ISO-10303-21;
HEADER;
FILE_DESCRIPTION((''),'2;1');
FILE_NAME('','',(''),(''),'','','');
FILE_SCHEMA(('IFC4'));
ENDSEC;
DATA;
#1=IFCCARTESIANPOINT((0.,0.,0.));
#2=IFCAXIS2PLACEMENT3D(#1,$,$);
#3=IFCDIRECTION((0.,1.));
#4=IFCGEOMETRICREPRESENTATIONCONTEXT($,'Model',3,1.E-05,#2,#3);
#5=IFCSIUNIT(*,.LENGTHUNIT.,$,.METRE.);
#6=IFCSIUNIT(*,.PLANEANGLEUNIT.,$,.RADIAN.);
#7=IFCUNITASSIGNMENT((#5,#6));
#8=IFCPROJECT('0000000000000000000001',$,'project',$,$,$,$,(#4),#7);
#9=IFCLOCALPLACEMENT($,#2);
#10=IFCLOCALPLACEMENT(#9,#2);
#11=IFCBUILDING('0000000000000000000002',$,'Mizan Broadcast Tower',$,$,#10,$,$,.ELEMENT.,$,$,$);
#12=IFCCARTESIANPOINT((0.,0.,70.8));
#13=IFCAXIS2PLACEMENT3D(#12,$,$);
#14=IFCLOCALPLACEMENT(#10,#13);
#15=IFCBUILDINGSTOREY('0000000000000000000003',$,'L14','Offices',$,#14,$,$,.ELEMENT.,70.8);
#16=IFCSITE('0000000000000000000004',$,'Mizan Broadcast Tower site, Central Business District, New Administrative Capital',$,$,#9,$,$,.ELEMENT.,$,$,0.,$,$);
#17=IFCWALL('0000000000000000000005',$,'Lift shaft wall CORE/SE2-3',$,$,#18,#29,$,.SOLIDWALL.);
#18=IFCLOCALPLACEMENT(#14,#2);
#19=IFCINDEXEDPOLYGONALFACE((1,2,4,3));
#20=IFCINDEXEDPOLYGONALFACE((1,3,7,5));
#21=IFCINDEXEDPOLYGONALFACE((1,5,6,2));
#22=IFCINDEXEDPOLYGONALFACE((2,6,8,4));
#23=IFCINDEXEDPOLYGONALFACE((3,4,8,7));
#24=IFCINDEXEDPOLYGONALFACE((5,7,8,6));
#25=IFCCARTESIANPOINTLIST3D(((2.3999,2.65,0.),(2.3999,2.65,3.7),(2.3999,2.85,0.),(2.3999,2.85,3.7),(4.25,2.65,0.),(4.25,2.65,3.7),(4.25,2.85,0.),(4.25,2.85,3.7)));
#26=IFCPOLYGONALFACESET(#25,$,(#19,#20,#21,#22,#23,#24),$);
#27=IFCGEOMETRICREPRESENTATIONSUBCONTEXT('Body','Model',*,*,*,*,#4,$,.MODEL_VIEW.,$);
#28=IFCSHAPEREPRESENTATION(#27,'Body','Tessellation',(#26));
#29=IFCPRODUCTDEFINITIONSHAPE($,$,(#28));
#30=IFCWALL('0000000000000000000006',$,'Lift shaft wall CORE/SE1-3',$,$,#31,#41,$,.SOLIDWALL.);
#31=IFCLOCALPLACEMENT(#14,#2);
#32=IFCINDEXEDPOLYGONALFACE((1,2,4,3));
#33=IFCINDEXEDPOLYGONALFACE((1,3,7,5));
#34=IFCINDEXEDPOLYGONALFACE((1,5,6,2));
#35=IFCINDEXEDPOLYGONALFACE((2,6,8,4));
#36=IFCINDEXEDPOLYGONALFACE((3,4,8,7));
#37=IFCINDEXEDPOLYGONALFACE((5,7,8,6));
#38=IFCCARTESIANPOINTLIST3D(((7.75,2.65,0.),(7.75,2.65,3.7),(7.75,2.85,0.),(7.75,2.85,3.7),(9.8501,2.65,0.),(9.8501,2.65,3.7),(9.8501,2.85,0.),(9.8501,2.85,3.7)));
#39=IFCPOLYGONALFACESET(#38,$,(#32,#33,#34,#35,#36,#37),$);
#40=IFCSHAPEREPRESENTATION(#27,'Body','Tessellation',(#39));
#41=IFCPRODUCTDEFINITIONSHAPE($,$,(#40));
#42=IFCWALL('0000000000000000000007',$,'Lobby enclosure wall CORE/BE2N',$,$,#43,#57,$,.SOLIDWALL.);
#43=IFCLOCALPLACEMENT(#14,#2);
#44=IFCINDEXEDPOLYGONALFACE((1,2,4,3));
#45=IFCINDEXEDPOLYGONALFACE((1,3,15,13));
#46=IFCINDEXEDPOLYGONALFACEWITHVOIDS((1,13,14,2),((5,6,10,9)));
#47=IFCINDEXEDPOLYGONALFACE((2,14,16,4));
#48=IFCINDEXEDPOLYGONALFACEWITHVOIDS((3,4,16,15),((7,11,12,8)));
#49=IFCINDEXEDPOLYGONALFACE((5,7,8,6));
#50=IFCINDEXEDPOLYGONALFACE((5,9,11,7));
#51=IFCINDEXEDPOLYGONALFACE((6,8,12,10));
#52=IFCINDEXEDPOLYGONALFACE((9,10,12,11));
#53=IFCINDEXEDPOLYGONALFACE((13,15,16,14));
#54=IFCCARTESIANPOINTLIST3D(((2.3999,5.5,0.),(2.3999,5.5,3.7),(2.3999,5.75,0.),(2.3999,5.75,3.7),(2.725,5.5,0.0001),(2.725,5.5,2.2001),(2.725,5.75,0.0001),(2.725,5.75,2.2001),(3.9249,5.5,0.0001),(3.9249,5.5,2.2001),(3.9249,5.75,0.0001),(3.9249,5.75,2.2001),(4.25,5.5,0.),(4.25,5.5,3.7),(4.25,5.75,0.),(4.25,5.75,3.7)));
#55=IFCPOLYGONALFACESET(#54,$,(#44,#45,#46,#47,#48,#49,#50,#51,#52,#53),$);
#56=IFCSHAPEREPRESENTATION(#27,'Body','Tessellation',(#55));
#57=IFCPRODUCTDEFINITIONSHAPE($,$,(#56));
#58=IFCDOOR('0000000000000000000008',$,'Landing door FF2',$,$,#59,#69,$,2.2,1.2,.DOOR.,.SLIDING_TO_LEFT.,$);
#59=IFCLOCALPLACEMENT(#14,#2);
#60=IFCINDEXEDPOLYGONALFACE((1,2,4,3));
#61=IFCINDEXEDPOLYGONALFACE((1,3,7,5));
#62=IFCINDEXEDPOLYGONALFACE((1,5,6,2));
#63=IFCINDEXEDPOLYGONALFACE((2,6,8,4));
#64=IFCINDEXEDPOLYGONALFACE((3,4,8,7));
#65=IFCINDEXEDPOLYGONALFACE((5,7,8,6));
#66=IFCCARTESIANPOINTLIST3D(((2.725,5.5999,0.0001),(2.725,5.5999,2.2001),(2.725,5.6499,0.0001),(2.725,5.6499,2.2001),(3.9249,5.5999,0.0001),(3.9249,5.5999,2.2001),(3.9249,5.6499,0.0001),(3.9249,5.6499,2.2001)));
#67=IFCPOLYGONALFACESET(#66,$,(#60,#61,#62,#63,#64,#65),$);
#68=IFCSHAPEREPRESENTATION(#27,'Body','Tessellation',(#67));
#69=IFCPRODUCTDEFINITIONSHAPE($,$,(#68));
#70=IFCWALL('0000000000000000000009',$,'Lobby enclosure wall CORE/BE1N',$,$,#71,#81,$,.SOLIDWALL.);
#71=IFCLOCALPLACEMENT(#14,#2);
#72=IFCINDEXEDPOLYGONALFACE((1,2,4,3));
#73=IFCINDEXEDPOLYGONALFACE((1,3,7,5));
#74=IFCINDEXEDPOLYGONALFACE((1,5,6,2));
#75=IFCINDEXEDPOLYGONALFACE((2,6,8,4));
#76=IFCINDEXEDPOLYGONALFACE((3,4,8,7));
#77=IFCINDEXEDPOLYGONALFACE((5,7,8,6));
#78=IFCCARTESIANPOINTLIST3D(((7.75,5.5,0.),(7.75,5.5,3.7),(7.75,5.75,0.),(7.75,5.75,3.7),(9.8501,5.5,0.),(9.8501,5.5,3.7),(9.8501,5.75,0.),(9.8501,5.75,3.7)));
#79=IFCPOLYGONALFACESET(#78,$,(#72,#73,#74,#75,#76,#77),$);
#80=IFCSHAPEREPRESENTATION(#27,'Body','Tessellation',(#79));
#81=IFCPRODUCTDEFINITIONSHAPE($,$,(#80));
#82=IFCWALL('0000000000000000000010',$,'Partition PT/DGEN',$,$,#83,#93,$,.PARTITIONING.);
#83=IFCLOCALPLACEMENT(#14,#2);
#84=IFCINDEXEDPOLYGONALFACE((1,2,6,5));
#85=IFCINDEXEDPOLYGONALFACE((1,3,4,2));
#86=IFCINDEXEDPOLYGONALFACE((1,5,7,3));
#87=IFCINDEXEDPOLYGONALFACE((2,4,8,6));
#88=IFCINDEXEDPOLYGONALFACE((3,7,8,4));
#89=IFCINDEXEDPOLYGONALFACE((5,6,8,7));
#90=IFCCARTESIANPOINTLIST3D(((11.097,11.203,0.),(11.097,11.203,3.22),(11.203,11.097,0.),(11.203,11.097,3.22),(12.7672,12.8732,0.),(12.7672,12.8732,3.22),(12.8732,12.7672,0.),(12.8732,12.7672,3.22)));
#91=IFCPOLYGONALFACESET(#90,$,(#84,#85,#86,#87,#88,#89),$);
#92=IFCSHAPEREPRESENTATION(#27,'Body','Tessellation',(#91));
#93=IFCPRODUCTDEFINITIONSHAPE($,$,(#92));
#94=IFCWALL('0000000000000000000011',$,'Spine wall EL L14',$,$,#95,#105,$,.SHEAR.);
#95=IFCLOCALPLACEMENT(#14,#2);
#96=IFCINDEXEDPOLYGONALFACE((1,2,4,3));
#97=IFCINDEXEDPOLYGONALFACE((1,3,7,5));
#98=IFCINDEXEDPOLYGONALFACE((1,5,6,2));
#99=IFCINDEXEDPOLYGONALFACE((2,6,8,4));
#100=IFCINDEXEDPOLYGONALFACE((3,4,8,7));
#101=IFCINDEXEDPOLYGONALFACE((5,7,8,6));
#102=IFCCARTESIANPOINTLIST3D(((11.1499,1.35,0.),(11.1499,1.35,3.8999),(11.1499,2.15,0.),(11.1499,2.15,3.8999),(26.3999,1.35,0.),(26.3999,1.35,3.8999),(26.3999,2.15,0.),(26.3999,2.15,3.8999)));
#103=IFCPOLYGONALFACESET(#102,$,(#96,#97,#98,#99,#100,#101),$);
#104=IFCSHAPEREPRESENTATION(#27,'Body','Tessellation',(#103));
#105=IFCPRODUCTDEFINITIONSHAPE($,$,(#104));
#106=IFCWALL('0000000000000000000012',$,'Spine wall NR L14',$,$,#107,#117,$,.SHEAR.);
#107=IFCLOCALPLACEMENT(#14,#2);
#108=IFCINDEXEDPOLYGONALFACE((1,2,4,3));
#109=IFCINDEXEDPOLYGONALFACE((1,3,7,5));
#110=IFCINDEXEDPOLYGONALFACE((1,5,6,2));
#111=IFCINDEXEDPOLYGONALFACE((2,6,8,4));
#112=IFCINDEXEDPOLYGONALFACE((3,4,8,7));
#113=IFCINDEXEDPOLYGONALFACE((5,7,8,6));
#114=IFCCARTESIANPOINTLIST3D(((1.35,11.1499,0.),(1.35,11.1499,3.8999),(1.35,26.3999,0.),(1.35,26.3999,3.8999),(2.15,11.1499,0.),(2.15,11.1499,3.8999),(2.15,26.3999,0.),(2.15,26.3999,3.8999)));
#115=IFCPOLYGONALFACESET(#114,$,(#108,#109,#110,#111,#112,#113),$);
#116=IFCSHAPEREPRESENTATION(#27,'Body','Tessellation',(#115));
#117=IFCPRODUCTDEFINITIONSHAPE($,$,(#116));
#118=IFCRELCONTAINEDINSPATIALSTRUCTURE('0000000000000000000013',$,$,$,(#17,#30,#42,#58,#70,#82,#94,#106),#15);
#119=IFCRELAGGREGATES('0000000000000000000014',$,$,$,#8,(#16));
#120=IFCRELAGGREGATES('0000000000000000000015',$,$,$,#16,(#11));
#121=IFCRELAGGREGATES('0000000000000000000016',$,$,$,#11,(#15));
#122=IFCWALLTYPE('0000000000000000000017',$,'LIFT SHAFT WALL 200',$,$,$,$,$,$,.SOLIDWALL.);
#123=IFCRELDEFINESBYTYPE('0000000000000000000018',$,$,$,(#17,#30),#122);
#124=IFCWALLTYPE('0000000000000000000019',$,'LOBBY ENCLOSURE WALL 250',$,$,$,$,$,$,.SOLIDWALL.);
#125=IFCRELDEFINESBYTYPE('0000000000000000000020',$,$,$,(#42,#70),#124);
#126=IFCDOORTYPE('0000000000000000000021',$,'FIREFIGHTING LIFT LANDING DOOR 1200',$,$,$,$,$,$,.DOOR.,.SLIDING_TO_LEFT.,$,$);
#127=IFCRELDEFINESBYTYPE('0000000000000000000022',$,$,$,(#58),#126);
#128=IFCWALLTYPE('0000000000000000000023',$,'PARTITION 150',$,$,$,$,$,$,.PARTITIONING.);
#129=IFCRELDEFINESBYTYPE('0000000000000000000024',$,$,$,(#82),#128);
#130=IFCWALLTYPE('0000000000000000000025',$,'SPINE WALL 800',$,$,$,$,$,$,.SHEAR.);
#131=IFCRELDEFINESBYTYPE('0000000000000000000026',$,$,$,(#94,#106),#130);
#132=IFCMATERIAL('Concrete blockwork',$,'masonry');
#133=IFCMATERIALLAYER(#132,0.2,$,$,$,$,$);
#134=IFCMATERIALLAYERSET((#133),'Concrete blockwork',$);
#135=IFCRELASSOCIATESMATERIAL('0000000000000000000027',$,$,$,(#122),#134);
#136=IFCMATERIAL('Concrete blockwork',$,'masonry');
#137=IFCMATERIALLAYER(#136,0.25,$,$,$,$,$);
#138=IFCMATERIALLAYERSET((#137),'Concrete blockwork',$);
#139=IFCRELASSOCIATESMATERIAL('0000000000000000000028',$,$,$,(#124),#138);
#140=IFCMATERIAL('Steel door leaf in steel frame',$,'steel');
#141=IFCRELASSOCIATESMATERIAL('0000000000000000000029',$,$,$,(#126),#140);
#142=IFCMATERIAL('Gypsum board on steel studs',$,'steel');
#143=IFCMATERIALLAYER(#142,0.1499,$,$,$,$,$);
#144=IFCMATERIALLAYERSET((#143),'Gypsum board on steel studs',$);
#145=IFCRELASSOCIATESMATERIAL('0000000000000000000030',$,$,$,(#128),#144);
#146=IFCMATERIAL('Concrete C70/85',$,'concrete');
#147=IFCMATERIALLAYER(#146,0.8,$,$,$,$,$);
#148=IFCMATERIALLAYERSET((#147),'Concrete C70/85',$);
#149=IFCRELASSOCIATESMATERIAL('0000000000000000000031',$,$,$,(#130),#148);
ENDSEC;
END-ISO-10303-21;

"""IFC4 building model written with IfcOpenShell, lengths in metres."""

from ifc_helpers import new_model, si_unit, direction, frame, frame_2d, origin, place, context, subcontext, project, spatial, rectangle, extrude, material, layer, layer_set, type_object, element, fill, save


model = new_model("IFC4")

# Units and contexts
model_context = context("Model", 3, precision=1e-05, world=origin(), true_north=direction((0.0, 1.0)))
body_context = subcontext(model_context, "Body", "Model", "MODEL_VIEW")
ifc_project = project(units=[si_unit("LENGTHUNIT", "METRE"), si_unit("PLANEANGLEUNIT", "RADIAN")], contexts=[model_context])

# Site, building, storey
site_placement = place(None, origin())
site = spatial("IfcSite", under=ifc_project, at=site_placement, Name="Mizan Broadcast Tower site, Central Business District, New Administrative Capital", CompositionType="ELEMENT", RefElevation=0.0)
building_placement = place(site_placement, origin())
building = spatial("IfcBuilding", under=site, at=building_placement, Name="Mizan Broadcast Tower", CompositionType="ELEMENT")
storey_placement = place(building_placement, frame((0.0, 0.0, 70.8)))
storey = spatial("IfcBuildingStorey", under=building, at=storey_placement, Name="L14", Description="Offices", CompositionType="ELEMENT", Elevation=70.8)

# Walls
ifc_material_1 = material(Name="Concrete blockwork", Category="masonry")
ifc_layer_1 = layer(ifc_material_1, 0.2)
ifc_layer_set_1 = layer_set([ifc_layer_1], Name="Concrete blockwork")
wall_type_1 = type_object("IfcWallType", Name="LIFT SHAFT WALL 200", PredefinedType="SOLIDWALL", material=ifc_layer_set_1)
wall_1_placement = place(storey_placement, frame((2.3999, 2.75, 0.0), z_axis=(0.0, 0.0, 1.0), x_axis=(1.0, 0.0, 0.0)))
element("IfcWall", 1, at=wall_1_placement, inside=storey, type_object=wall_type_1, Name="Lift shaft wall CORE/SE2-3", PredefinedType="SOLIDWALL", context=body_context, shape_type="SweptSolid", body=[
    extrude(rectangle(XDim=1.8501, YDim=0.2, at=frame_2d((0.925, 0.0))), origin(), (0.0, 0.0, 1.0), 3.7),
])
wall_2_placement = place(storey_placement, frame((7.75, 2.75, 0.0), z_axis=(0.0, 0.0, 1.0), x_axis=(1.0, 0.0, 0.0)))
element("IfcWall", 2, at=wall_2_placement, inside=storey, type_object=wall_type_1, Name="Lift shaft wall CORE/SE1-3", PredefinedType="SOLIDWALL", context=body_context, shape_type="SweptSolid", body=[
    extrude(rectangle(XDim=2.1001, YDim=0.2, at=frame_2d((1.05, 0.0))), origin(), (0.0, 0.0, 1.0), 3.7),
])

# Wall, opening, door
ifc_material_2 = material(Name="Concrete blockwork", Category="masonry")
ifc_layer_2 = layer(ifc_material_2, 0.25)
ifc_layer_set_2 = layer_set([ifc_layer_2], Name="Concrete blockwork")
wall_type_2 = type_object("IfcWallType", Name="LOBBY ENCLOSURE WALL 250", PredefinedType="SOLIDWALL", material=ifc_layer_set_2)
wall_3_placement = place(storey_placement, frame((2.3999, 5.625, 0.0), z_axis=(0.0, 0.0, 1.0), x_axis=(1.0, 0.0, 0.0)))
wall_3 = element("IfcWall", 3, at=wall_3_placement, inside=storey, type_object=wall_type_2, Name="Lobby enclosure wall CORE/BE2N", PredefinedType="SOLIDWALL", context=body_context, shape_type="SweptSolid", body=[
    extrude(rectangle(XDim=1.8501, YDim=0.25, at=frame_2d((0.925, 0.0))), origin(), (0.0, 0.0, 1.0), 3.7),
])
opening_1_placement = place(wall_3_placement, frame((0.325, 0.0, 0.0)))
opening_1 = element("IfcOpeningElement", 4, at=opening_1_placement, cuts=wall_3, PredefinedType="OPENING", context=body_context, shape_type="SweptSolid", body=[
    extrude(rectangle(XDim=1.2, YDim=2.2, at=frame_2d((0.6001, 1.1001))), frame((0.0, 0.135, 0.0), z_axis=(0.0, -1.0, 0.0), x_axis=(1.0, 0.0, 0.0)), (0.0, 0.0, 1.0), 0.27),
])
ifc_material_3 = material(Name="Steel door leaf in steel frame", Category="steel")
door_type_1 = type_object("IfcDoorType", Name="FIREFIGHTING LIFT LANDING DOOR 1200", OperationType="SLIDING_TO_LEFT", PredefinedType="DOOR", material=ifc_material_3)
door_1_placement = place(opening_1_placement, origin())
door_1 = element("IfcDoor", 5, at=door_1_placement, inside=storey, type_object=door_type_1, Name="Landing door FF2", OperationType="SLIDING_TO_LEFT", OverallHeight=2.2, OverallWidth=1.2, PredefinedType="DOOR", context=body_context, shape_type="SweptSolid", body=[
    extrude(rectangle(XDim=1.2, YDim=2.2, at=frame_2d((0.6001, 1.1001))), frame((0.0, 0.0249, 0.0), z_axis=(0.0, -1.0, 0.0), x_axis=(1.0, 0.0, 0.0)), (0.0, 0.0, 1.0), 0.05),
])
fill(opening_1, door_1)

# Walls
wall_4_placement = place(storey_placement, frame((7.75, 5.625, 0.0), z_axis=(0.0, 0.0, 1.0), x_axis=(1.0, 0.0, 0.0)))
element("IfcWall", 6, at=wall_4_placement, inside=storey, type_object=wall_type_2, Name="Lobby enclosure wall CORE/BE1N", PredefinedType="SOLIDWALL", context=body_context, shape_type="SweptSolid", body=[
    extrude(rectangle(XDim=2.1001, YDim=0.25, at=frame_2d((1.05, 0.0))), origin(), (0.0, 0.0, 1.0), 3.7),
])
ifc_material_4 = material(Name="Gypsum board on steel studs", Category="steel")
ifc_layer_3 = layer(ifc_material_4, 0.1499)
ifc_layer_set_3 = layer_set([ifc_layer_3], Name="Gypsum board on steel studs")
wall_type_3 = type_object("IfcWallType", Name="PARTITION 150", PredefinedType="PARTITIONING", material=ifc_layer_set_3)
wall_5_placement = place(storey_placement, frame((11.1499, 11.1499, 0.0), z_axis=(0.0, 0.0, 1.0), x_axis=(0.707107, 0.707107, 0.0)))
element("IfcWall", 7, at=wall_5_placement, inside=storey, type_object=wall_type_3, Name="Partition PT/DGEN", PredefinedType="PARTITIONING", context=body_context, shape_type="SweptSolid", body=[
    extrude(rectangle(XDim=2.3621, YDim=0.1499, at=frame_2d((1.1812, 0.0))), origin(), (0.0, 0.0, 1.0), 3.22),
])
ifc_material_5 = material(Name="Concrete C70/85", Category="concrete")
ifc_layer_4 = layer(ifc_material_5, 0.8)
ifc_layer_set_4 = layer_set([ifc_layer_4], Name="Concrete C70/85")
wall_type_4 = type_object("IfcWallType", Name="SPINE WALL 800", PredefinedType="SHEAR", material=ifc_layer_set_4)
for number, where, z_axis, x_axis, name in (
    (8, (11.1499, 1.75, 0.0), (0.0, 0.0, 1.0), (1.0, 0.0, 0.0), "Spine wall EL L14"),
    (9, (1.75, 11.1499, 0.0), (0.0, 0.0, 1.0), (0.0, 1.0, 0.0), "Spine wall NR L14"),
):
    element("IfcWall", number, at=place(storey_placement, frame(where, z_axis=z_axis, x_axis=x_axis)), inside=storey, type_object=wall_type_4, Name=name, PredefinedType="SHEAR", context=body_context, shape_type="SweptSolid", body=[
        extrude(rectangle(XDim=15.25, YDim=0.8, at=frame_2d((7.625, 0.0))), origin(), (0.0, 0.0, 1.0), 3.8999),
    ])

save(model, "model.ifc")
